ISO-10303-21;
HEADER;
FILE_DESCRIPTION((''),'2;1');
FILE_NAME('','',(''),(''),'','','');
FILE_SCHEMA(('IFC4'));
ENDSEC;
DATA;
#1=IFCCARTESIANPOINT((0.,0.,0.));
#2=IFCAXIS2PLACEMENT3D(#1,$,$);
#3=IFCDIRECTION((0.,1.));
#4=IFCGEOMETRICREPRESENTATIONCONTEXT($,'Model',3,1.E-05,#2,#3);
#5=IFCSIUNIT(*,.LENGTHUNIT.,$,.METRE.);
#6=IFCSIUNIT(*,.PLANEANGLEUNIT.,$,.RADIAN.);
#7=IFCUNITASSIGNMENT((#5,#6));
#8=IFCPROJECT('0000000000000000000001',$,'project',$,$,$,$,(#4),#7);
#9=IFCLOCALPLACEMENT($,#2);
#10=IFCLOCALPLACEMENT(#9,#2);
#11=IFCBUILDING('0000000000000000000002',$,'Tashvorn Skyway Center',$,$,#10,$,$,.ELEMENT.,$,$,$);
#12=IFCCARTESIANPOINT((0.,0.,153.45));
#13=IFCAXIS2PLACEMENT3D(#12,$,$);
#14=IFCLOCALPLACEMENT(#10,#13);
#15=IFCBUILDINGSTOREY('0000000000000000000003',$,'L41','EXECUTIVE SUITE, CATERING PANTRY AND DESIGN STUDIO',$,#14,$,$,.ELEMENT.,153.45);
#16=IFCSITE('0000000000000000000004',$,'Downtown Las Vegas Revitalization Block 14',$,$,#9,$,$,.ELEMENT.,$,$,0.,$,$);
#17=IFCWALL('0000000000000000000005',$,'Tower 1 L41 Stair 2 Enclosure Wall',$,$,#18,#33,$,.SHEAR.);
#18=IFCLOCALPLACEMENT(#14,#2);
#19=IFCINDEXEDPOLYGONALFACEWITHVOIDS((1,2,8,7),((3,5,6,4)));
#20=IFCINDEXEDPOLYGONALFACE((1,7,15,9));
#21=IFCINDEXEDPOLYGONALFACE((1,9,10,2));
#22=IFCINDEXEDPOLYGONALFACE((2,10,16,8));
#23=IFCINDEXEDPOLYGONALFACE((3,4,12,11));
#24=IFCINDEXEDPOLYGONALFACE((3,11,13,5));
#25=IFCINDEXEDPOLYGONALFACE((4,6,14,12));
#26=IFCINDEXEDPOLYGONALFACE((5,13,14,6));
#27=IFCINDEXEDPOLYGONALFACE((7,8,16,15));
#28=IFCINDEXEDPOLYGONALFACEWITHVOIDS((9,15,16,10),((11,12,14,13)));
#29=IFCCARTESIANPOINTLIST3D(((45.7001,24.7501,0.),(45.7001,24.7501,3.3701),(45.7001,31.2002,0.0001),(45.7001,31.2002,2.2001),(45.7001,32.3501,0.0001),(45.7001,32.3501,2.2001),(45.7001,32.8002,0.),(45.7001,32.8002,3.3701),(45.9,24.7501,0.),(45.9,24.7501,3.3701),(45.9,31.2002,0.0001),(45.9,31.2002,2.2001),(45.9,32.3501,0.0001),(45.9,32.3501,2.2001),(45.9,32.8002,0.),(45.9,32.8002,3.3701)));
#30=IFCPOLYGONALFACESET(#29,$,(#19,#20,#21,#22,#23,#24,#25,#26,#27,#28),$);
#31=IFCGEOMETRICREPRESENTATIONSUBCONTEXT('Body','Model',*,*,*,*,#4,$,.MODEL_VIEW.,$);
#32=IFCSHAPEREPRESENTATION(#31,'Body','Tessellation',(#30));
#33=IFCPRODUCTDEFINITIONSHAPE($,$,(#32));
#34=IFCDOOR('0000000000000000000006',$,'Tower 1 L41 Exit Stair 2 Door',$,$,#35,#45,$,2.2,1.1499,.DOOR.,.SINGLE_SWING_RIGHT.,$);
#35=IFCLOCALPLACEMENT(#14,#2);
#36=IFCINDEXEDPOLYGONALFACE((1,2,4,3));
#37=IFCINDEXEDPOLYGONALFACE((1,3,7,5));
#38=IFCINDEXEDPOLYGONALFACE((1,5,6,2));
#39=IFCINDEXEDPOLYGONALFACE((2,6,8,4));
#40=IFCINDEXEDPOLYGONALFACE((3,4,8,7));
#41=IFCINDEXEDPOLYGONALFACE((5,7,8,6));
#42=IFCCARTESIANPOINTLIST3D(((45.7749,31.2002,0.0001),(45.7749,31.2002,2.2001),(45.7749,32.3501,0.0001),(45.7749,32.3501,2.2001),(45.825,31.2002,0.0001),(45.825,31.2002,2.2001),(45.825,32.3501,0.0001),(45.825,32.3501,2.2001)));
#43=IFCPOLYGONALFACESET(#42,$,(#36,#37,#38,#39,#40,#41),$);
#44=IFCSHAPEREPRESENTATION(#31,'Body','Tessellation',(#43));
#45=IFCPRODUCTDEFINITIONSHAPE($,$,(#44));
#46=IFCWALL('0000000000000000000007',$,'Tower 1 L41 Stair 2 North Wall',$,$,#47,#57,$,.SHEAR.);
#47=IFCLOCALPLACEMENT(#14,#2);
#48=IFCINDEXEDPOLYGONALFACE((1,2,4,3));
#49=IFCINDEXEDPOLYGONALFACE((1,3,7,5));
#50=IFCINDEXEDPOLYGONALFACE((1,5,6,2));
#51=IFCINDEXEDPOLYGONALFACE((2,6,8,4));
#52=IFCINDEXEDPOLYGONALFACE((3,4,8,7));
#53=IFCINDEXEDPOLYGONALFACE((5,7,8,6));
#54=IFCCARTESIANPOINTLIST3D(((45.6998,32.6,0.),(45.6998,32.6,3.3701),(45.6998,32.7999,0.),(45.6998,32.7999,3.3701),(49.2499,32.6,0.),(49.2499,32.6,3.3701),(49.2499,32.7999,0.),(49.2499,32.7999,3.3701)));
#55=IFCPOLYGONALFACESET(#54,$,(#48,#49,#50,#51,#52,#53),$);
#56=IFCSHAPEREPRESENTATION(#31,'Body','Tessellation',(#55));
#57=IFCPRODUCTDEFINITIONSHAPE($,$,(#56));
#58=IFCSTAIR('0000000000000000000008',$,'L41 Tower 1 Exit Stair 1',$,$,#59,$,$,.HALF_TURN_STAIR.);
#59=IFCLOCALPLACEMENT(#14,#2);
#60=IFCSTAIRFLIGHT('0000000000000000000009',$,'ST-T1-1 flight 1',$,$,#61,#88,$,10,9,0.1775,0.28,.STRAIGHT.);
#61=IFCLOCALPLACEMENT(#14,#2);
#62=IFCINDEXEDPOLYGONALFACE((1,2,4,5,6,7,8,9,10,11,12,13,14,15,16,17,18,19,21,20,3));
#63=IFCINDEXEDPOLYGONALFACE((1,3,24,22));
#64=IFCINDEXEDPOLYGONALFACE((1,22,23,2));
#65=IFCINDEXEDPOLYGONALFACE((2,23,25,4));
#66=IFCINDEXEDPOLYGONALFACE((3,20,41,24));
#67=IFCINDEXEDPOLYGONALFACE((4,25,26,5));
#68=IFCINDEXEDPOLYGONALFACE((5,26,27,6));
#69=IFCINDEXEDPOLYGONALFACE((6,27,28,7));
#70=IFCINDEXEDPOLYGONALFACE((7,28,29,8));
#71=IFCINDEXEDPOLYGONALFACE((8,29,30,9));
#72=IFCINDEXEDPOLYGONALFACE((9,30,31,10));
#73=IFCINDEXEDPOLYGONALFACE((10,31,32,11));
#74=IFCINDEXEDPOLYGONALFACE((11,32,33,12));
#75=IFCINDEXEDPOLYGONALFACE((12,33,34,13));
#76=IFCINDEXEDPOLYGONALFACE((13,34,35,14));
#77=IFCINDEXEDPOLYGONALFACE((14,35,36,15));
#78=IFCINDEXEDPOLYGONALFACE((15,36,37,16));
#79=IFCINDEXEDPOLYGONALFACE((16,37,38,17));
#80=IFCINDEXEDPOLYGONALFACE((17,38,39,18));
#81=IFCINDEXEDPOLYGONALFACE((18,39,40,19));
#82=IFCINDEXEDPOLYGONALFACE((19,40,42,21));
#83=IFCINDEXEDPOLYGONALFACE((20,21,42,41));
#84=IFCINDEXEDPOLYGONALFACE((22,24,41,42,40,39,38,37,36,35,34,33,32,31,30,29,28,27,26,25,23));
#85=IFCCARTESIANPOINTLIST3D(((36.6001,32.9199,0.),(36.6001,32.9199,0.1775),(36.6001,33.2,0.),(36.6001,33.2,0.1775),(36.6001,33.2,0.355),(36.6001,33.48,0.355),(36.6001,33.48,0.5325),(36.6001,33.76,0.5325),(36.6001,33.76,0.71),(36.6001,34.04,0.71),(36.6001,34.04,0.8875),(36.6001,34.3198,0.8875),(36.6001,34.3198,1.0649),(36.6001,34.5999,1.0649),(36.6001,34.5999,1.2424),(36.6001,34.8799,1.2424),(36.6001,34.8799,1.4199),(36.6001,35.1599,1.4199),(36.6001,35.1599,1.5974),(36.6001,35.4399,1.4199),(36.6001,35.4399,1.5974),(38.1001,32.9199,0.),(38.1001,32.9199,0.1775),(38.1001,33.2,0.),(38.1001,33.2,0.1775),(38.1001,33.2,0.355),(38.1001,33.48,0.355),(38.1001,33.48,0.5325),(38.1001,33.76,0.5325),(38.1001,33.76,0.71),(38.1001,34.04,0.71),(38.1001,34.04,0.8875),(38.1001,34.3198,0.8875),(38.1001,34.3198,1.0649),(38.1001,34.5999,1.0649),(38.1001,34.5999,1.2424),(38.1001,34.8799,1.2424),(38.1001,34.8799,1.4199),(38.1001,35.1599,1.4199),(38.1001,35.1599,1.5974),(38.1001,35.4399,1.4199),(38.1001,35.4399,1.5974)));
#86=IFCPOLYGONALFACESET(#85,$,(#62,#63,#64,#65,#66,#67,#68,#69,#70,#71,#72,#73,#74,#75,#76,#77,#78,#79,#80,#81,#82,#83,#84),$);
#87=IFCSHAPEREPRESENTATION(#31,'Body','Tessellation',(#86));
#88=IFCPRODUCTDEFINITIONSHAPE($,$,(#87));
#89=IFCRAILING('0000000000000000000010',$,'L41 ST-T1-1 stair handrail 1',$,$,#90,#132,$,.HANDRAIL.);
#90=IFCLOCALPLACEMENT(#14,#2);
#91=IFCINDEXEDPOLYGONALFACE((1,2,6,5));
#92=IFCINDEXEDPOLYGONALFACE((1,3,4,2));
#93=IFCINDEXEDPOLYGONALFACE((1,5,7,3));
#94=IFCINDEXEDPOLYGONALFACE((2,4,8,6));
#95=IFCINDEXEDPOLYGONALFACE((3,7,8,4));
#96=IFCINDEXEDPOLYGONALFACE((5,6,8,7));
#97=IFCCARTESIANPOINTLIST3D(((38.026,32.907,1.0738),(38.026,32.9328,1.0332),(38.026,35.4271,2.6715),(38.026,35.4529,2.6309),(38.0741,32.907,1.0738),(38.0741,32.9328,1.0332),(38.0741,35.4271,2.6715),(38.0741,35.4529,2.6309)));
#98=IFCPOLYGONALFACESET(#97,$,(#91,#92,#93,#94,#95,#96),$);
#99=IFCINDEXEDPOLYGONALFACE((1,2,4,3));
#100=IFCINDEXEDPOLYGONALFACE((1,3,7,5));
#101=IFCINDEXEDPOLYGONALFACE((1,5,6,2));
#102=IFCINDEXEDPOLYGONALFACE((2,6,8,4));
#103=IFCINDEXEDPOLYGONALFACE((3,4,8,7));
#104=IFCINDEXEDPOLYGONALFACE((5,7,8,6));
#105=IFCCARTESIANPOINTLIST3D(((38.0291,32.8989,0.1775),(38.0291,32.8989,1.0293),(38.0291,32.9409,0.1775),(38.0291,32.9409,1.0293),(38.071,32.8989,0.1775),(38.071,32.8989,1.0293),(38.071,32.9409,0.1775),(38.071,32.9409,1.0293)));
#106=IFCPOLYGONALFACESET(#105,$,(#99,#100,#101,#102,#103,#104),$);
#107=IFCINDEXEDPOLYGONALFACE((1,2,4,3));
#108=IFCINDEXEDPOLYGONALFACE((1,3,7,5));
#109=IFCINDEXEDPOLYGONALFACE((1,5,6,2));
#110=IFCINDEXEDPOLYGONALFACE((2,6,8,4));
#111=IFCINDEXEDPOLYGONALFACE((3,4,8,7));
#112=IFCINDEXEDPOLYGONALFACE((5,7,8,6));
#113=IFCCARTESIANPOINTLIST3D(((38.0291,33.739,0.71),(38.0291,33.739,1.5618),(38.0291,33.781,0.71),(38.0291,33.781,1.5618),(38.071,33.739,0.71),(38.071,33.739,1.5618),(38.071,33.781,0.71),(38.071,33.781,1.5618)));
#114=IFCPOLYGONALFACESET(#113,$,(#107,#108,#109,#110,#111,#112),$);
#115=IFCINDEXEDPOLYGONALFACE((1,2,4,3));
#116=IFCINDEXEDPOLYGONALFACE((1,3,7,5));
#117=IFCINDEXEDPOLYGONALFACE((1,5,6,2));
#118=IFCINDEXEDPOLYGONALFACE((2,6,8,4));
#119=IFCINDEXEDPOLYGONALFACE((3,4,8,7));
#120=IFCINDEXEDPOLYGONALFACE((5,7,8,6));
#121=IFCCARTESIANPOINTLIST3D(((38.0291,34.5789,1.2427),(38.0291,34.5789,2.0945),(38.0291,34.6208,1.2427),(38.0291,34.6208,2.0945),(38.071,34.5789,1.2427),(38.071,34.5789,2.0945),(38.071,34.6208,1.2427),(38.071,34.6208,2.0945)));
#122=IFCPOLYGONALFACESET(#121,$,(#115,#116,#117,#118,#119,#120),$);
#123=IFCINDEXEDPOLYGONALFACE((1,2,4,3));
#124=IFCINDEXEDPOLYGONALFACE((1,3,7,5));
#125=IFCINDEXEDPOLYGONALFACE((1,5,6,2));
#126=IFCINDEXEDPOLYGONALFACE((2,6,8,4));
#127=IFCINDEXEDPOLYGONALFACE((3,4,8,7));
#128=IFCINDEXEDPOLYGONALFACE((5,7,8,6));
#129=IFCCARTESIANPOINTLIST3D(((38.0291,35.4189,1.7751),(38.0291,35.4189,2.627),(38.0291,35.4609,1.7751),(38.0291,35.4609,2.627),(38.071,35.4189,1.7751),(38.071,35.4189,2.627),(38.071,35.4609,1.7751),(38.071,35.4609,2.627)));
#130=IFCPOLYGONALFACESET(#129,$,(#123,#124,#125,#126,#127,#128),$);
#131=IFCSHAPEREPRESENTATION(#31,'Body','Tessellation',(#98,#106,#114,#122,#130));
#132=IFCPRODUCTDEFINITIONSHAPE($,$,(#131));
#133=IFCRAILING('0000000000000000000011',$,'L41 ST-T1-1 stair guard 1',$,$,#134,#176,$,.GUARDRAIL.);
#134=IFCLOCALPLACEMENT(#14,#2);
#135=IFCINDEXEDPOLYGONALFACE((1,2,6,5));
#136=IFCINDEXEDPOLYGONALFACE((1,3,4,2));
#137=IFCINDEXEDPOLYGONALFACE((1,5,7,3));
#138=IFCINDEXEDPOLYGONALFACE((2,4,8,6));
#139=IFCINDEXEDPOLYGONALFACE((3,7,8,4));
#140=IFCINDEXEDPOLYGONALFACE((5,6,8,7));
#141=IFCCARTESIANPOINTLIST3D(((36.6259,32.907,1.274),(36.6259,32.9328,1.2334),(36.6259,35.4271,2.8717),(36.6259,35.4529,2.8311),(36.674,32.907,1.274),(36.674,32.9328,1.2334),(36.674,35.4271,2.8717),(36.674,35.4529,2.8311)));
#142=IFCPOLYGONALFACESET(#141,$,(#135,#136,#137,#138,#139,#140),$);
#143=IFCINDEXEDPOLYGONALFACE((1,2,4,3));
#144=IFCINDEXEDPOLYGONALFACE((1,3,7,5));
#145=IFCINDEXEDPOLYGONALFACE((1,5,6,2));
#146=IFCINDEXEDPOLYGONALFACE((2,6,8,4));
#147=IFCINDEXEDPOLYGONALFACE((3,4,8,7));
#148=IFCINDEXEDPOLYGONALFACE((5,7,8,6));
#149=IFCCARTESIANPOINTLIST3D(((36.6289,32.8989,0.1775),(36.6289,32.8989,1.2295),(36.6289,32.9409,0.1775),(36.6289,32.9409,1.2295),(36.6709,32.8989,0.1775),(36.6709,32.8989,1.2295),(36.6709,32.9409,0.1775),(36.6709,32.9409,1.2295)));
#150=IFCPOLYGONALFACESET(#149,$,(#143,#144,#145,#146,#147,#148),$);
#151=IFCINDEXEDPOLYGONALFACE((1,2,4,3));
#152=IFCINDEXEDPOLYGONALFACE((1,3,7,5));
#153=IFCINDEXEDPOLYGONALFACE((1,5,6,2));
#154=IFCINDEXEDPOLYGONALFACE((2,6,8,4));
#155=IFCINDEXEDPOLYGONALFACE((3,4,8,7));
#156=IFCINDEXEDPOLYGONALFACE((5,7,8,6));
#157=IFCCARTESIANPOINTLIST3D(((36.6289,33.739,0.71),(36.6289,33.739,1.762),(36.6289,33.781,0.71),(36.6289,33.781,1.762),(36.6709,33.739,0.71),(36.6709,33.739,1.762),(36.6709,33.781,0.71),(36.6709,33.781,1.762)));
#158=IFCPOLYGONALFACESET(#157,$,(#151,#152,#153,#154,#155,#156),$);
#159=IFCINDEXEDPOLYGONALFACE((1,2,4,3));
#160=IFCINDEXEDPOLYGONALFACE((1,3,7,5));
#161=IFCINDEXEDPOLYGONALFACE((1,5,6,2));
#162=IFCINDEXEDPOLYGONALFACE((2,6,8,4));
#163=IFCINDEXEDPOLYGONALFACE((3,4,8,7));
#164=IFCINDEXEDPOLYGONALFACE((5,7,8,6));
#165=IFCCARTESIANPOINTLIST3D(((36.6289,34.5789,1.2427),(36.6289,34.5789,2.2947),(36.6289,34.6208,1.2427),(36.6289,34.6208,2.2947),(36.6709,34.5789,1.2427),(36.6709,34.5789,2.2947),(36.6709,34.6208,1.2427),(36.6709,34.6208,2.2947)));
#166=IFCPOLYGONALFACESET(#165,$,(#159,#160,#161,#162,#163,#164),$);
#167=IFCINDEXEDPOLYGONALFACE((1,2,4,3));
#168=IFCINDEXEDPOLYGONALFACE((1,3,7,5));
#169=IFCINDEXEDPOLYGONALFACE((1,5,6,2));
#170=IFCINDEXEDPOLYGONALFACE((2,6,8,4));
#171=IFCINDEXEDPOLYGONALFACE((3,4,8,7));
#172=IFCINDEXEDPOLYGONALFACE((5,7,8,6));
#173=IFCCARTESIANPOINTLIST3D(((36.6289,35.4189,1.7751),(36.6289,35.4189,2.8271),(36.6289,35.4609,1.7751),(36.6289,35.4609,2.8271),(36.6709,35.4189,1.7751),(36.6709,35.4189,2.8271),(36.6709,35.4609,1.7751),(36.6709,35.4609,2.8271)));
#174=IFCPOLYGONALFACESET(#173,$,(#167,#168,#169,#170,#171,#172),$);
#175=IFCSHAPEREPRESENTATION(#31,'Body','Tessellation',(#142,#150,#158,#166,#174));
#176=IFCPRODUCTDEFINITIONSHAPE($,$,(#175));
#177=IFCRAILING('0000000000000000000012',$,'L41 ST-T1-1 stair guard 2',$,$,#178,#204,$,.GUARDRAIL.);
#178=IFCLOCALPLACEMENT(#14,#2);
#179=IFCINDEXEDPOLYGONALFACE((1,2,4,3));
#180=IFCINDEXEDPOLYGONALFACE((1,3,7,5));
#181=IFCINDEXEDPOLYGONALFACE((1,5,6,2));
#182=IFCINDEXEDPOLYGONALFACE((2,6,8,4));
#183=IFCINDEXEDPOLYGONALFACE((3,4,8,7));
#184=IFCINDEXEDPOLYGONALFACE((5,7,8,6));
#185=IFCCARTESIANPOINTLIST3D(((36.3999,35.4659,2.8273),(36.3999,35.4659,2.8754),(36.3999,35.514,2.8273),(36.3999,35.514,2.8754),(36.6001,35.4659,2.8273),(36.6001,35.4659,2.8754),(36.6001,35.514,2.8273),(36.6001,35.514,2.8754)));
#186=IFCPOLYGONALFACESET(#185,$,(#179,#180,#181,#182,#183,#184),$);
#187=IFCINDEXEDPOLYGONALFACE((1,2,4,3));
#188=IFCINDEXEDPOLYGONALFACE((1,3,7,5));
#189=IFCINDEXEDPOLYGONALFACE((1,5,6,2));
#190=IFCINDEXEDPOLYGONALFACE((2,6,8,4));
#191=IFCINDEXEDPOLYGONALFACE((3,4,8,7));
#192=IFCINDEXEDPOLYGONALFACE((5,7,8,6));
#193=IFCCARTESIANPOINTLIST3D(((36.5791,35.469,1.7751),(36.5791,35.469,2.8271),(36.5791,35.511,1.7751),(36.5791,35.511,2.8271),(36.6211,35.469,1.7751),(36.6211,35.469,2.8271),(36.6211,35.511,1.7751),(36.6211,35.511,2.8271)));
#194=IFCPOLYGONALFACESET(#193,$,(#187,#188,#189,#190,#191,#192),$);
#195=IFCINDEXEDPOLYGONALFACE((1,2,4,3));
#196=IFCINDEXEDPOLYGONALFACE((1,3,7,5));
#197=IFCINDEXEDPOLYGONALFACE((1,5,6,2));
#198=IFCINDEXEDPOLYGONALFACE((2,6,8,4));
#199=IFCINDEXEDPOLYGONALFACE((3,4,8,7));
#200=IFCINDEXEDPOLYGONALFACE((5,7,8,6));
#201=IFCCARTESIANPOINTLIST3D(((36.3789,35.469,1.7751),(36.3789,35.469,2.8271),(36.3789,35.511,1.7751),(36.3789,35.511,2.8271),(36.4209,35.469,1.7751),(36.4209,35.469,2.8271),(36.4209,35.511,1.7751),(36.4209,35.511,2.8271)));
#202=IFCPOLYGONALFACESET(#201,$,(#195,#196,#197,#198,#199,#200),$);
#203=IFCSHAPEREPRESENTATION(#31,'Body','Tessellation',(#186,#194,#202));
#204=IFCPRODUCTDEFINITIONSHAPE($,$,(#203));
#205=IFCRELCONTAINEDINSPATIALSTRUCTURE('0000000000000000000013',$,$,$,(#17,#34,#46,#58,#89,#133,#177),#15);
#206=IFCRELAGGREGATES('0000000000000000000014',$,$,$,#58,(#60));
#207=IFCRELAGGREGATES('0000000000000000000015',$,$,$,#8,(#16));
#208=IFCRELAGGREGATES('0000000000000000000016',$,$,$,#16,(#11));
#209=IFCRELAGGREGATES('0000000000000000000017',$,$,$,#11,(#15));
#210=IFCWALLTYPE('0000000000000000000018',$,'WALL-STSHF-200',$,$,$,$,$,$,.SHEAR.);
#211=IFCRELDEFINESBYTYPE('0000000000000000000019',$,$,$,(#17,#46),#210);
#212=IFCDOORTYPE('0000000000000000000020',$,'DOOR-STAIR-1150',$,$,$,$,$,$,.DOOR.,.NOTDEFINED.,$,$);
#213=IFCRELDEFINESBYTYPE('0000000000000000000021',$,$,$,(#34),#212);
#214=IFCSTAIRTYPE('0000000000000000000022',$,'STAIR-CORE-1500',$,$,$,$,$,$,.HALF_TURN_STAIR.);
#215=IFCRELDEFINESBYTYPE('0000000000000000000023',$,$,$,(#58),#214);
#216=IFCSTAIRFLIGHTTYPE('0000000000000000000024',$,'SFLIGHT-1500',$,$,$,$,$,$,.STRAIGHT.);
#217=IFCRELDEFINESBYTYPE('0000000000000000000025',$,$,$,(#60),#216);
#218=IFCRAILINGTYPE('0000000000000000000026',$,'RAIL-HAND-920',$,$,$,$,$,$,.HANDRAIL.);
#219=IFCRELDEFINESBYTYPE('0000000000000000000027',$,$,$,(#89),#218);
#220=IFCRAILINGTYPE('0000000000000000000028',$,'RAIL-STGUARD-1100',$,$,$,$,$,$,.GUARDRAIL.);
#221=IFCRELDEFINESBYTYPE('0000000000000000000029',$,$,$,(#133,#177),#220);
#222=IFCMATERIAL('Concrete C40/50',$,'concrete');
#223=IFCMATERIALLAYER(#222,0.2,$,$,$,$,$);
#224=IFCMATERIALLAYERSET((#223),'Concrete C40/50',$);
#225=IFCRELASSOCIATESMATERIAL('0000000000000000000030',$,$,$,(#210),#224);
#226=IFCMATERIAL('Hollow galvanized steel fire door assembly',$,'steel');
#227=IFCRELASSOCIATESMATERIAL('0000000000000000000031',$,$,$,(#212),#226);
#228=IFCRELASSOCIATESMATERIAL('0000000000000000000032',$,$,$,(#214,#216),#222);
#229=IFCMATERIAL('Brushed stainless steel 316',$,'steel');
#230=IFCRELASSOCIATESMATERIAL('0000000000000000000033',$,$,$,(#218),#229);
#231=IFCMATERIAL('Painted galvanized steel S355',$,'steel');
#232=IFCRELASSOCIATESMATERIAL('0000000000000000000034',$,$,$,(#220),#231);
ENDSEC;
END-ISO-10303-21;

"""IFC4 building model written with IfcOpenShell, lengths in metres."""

from ifc_helpers import new_model, si_unit, direction, frame, frame_2d, origin, origin_2d, place, context, subcontext, project, spatial, polyline, rectangle, outline, extrude, material, layer, layer_set, type_object, element, fill, aggregate, save


model = new_model("IFC4")

# Units and contexts
model_context = context("Model", 3, precision=1e-05, world=origin(), true_north=direction((0.0, 1.0)))
body_context = subcontext(model_context, "Body", "Model", "MODEL_VIEW")
ifc_project = project(units=[si_unit("LENGTHUNIT", "METRE"), si_unit("PLANEANGLEUNIT", "RADIAN")], contexts=[model_context])

# Site, building, storey
site_placement = place(None, origin())
site = spatial("IfcSite", under=ifc_project, at=site_placement, Name="Downtown Las Vegas Revitalization Block 14", CompositionType="ELEMENT", RefElevation=0.0)
building_placement = place(site_placement, origin())
building = spatial("IfcBuilding", under=site, at=building_placement, Name="Tashvorn Skyway Center", CompositionType="ELEMENT")
storey_placement = place(building_placement, frame((0.0, 0.0, 153.45)))
storey = spatial("IfcBuildingStorey", under=building, at=storey_placement, Name="L41", Description="EXECUTIVE SUITE, CATERING PANTRY AND DESIGN STUDIO", CompositionType="ELEMENT", Elevation=153.45)

# Shared definitions
ifc_material_1 = material(Name="Concrete C40/50", Category="concrete")

# Wall, opening, door
ifc_layer_1 = layer(ifc_material_1, 0.2)
ifc_layer_set_1 = layer_set([ifc_layer_1], Name="Concrete C40/50")
wall_type_1 = type_object("IfcWallType", Name="WALL-STSHF-200", PredefinedType="SHEAR", material=ifc_layer_set_1)
wall_1_placement = place(storey_placement, frame((45.8, 32.8, 0.0), z_axis=(0.0, 0.0, 1.0), x_axis=(0.0, -1.0, 0.0)))
wall_1 = element("IfcWall", 1, at=wall_1_placement, inside=storey, type_object=wall_type_1, Name="Tower 1 L41 Stair 2 Enclosure Wall", PredefinedType="SHEAR", context=body_context, shape_type="SweptSolid", body=[
    extrude(rectangle(XDim=8.05, YDim=0.2, at=frame_2d((4.0249, 0.0))), origin(), (0.0, 0.0, 1.0), 3.3701),
])
opening_1_placement = place(wall_1_placement, frame((0.45, 0.0, 0.0)))
opening_1 = element("IfcOpeningElement", 2, at=opening_1_placement, cuts=wall_1, PredefinedType="OPENING", context=body_context, shape_type="SweptSolid", body=[
    extrude(rectangle(XDim=1.1499, YDim=2.2, at=frame_2d((0.575, 1.1001))), frame((0.0, 0.1099, 0.0), z_axis=(0.0, -1.0, 0.0), x_axis=(1.0, 0.0, 0.0)), (0.0, 0.0, 1.0), 0.22),
])
ifc_material_2 = material(Name="Hollow galvanized steel fire door assembly", Category="steel")
door_type_1 = type_object("IfcDoorType", Name="DOOR-STAIR-1150", OperationType="NOTDEFINED", PredefinedType="DOOR", material=ifc_material_2)
door_1_placement = place(opening_1_placement, origin())
door_1 = element("IfcDoor", 3, at=door_1_placement, inside=storey, type_object=door_type_1, Name="Tower 1 L41 Exit Stair 2 Door", OperationType="SINGLE_SWING_RIGHT", OverallHeight=2.2, OverallWidth=1.1499, PredefinedType="DOOR", context=body_context, shape_type="SweptSolid", body=[
    extrude(rectangle(XDim=1.1499, YDim=2.2, at=frame_2d((0.575, 1.1001))), frame((0.0, 0.0249, 0.0), z_axis=(0.0, -1.0, 0.0), x_axis=(1.0, 0.0, 0.0)), (0.0, 0.0, 1.0), 0.05),
])
fill(opening_1, door_1)

# Wall
wall_2_placement = place(storey_placement, frame((45.7, 32.7, 0.0), z_axis=(0.0, 0.0, 1.0), x_axis=(1.0, 0.0, 0.0)))
element("IfcWall", 4, at=wall_2_placement, inside=storey, type_object=wall_type_1, Name="Tower 1 L41 Stair 2 North Wall", PredefinedType="SHEAR", context=body_context, shape_type="SweptSolid", body=[
    extrude(rectangle(XDim=3.55, YDim=0.2, at=frame_2d((1.7749, 0.0))), origin(), (0.0, 0.0, 1.0), 3.3701),
])

# Stair, stair flight
stair_type = type_object("IfcStairType", Name="STAIR-CORE-1500", PredefinedType="HALF_TURN_STAIR", material=ifc_material_1)
stair_placement = place(storey_placement, origin())
stair = element("IfcStair", 5, at=stair_placement, inside=storey, type_object=stair_type, Name="L41 Tower 1 Exit Stair 1", PredefinedType="HALF_TURN_STAIR")
stair_flight_type = type_object("IfcStairFlightType", Name="SFLIGHT-1500", PredefinedType="STRAIGHT", material=ifc_material_1)
stair_flight_placement = place(storey_placement, frame((37.3501, 32.9199, 0.0), z_axis=(0.0, 0.0, 1.0), x_axis=(0.0, 1.0, 0.0)))
stair_flight = element("IfcStairFlight", 6, at=stair_flight_placement, type_object=stair_flight_type, Name="ST-T1-1 flight 1", NumberOfRisers=10, NumberOfTreads=9, PredefinedType="STRAIGHT", RiserHeight=0.1775, TreadLength=0.28, context=body_context, shape_type="SweptSolid", body=[
    extrude(outline(polyline([(0.0, 0.0), (0.0, 0.1775), (0.28, 0.1775), (0.28, 0.355), (0.5601, 0.355), (0.5601, 0.5325), (0.8401, 0.5325), (0.8401, 0.71), (1.1201, 0.71), (1.1201, 0.8875), (1.3999, 0.8875), (1.3999, 1.0649), (1.6799, 1.0649), (1.6799, 1.2424), (1.96, 1.2424), (1.96, 1.4199), (2.24, 1.4199), (2.24, 1.5974), (2.52, 1.5974), (2.52, 1.7749), (2.52, 1.4199), (0.28, 0.0), (0.0, 0.0)])), frame((0.0, 0.75, 0.0), z_axis=(0.0, -1.0, 0.0), x_axis=(1.0, 0.0, 0.0)), (0.0, 0.0, 1.0), 1.5),
])
aggregate(stair, [stair_flight])

# Railings
ifc_material_3 = material(Name="Brushed stainless steel 316", Category="steel")
railing_type_1 = type_object("IfcRailingType", Name="RAIL-HAND-920", PredefinedType="HANDRAIL", material=ifc_material_3)
railing_1_placement = place(storey_placement, frame((38.05, 32.9199, 0.1775)))
element("IfcRailing", 7, at=railing_1_placement, inside=storey, type_object=railing_type_1, Name="L41 ST-T1-1 stair handrail 1", PredefinedType="HANDRAIL", context=body_context, shape_type="SweptSolid", body=[
    extrude(rectangle(XDim=0.0481, YDim=0.0481, at=origin_2d()), frame((0.0, 0.0, 0.876), z_axis=(0.0, 0.84457, 0.535445), x_axis=(-1.0, 0.0, 0.0)), (0.0, 0.0, 1.0), 2.9839),
    extrude(rectangle(XDim=0.042, YDim=0.042, at=origin_2d()), origin(), (0.0, 0.0, 1.0), 0.8518),
    extrude(rectangle(XDim=0.042, YDim=0.042, at=origin_2d()), frame((0.0, 0.8401, 0.5325)), (0.0, 0.0, 1.0), 0.8518),
    extrude(rectangle(XDim=0.042, YDim=0.042, at=origin_2d()), frame((0.0, 1.6799, 1.0652)), (0.0, 0.0, 1.0), 0.8518),
    extrude(rectangle(XDim=0.042, YDim=0.042, at=origin_2d()), frame((0.0, 2.52, 1.5977)), (0.0, 0.0, 1.0), 0.8518),
])
ifc_material_4 = material(Name="Painted galvanized steel S355", Category="steel")
railing_type_2 = type_object("IfcRailingType", Name="RAIL-STGUARD-1100", PredefinedType="GUARDRAIL", material=ifc_material_4)
railing_2_placement = place(storey_placement, frame((36.6499, 32.9199, 0.1775)))
element("IfcRailing", 8, at=railing_2_placement, inside=storey, type_object=railing_type_2, Name="L41 ST-T1-1 stair guard 1", PredefinedType="GUARDRAIL", context=body_context, shape_type="SweptSolid", body=[
    extrude(rectangle(XDim=0.0481, YDim=0.0481, at=origin_2d()), frame((0.0, 0.0, 1.0762), z_axis=(0.0, 0.84457, 0.535445), x_axis=(-1.0, 0.0, 0.0)), (0.0, 0.0, 1.0), 2.9839),
    extrude(rectangle(XDim=0.042, YDim=0.042, at=origin_2d()), origin(), (0.0, 0.0, 1.0), 1.052),
    extrude(rectangle(XDim=0.042, YDim=0.042, at=origin_2d()), frame((0.0, 0.8401, 0.5325)), (0.0, 0.0, 1.0), 1.052),
    extrude(rectangle(XDim=0.042, YDim=0.042, at=origin_2d()), frame((0.0, 1.6799, 1.0652)), (0.0, 0.0, 1.0), 1.052),
    extrude(rectangle(XDim=0.042, YDim=0.042, at=origin_2d()), frame((0.0, 2.52, 1.5977)), (0.0, 0.0, 1.0), 1.052),
])
for number, where, name in (
    (9, (36.6001, 35.49, 1.7751), "L41 ST-T1-1 stair guard 2"),
):
    element("IfcRailing", number, at=place(storey_placement, frame(where)), inside=storey, type_object=railing_type_2, Name=name, PredefinedType="GUARDRAIL", context=body_context, shape_type="SweptSolid", body=[
        extrude(rectangle(XDim=0.0481, YDim=0.0481, at=origin_2d()), frame((0.0, 0.0, 1.0762), z_axis=(-1.0, 0.0, 0.0), x_axis=(0.0, -1.0, 0.0)), (0.0, 0.0, 1.0), 0.2002),
        extrude(rectangle(XDim=0.042, YDim=0.042, at=origin_2d()), origin(), (0.0, 0.0, 1.0), 1.052),
        extrude(rectangle(XDim=0.042, YDim=0.042, at=origin_2d()), frame((-0.2002, 0.0, 0.0)), (0.0, 0.0, 1.0), 1.052),
    ])

save(model, "model.ifc")
